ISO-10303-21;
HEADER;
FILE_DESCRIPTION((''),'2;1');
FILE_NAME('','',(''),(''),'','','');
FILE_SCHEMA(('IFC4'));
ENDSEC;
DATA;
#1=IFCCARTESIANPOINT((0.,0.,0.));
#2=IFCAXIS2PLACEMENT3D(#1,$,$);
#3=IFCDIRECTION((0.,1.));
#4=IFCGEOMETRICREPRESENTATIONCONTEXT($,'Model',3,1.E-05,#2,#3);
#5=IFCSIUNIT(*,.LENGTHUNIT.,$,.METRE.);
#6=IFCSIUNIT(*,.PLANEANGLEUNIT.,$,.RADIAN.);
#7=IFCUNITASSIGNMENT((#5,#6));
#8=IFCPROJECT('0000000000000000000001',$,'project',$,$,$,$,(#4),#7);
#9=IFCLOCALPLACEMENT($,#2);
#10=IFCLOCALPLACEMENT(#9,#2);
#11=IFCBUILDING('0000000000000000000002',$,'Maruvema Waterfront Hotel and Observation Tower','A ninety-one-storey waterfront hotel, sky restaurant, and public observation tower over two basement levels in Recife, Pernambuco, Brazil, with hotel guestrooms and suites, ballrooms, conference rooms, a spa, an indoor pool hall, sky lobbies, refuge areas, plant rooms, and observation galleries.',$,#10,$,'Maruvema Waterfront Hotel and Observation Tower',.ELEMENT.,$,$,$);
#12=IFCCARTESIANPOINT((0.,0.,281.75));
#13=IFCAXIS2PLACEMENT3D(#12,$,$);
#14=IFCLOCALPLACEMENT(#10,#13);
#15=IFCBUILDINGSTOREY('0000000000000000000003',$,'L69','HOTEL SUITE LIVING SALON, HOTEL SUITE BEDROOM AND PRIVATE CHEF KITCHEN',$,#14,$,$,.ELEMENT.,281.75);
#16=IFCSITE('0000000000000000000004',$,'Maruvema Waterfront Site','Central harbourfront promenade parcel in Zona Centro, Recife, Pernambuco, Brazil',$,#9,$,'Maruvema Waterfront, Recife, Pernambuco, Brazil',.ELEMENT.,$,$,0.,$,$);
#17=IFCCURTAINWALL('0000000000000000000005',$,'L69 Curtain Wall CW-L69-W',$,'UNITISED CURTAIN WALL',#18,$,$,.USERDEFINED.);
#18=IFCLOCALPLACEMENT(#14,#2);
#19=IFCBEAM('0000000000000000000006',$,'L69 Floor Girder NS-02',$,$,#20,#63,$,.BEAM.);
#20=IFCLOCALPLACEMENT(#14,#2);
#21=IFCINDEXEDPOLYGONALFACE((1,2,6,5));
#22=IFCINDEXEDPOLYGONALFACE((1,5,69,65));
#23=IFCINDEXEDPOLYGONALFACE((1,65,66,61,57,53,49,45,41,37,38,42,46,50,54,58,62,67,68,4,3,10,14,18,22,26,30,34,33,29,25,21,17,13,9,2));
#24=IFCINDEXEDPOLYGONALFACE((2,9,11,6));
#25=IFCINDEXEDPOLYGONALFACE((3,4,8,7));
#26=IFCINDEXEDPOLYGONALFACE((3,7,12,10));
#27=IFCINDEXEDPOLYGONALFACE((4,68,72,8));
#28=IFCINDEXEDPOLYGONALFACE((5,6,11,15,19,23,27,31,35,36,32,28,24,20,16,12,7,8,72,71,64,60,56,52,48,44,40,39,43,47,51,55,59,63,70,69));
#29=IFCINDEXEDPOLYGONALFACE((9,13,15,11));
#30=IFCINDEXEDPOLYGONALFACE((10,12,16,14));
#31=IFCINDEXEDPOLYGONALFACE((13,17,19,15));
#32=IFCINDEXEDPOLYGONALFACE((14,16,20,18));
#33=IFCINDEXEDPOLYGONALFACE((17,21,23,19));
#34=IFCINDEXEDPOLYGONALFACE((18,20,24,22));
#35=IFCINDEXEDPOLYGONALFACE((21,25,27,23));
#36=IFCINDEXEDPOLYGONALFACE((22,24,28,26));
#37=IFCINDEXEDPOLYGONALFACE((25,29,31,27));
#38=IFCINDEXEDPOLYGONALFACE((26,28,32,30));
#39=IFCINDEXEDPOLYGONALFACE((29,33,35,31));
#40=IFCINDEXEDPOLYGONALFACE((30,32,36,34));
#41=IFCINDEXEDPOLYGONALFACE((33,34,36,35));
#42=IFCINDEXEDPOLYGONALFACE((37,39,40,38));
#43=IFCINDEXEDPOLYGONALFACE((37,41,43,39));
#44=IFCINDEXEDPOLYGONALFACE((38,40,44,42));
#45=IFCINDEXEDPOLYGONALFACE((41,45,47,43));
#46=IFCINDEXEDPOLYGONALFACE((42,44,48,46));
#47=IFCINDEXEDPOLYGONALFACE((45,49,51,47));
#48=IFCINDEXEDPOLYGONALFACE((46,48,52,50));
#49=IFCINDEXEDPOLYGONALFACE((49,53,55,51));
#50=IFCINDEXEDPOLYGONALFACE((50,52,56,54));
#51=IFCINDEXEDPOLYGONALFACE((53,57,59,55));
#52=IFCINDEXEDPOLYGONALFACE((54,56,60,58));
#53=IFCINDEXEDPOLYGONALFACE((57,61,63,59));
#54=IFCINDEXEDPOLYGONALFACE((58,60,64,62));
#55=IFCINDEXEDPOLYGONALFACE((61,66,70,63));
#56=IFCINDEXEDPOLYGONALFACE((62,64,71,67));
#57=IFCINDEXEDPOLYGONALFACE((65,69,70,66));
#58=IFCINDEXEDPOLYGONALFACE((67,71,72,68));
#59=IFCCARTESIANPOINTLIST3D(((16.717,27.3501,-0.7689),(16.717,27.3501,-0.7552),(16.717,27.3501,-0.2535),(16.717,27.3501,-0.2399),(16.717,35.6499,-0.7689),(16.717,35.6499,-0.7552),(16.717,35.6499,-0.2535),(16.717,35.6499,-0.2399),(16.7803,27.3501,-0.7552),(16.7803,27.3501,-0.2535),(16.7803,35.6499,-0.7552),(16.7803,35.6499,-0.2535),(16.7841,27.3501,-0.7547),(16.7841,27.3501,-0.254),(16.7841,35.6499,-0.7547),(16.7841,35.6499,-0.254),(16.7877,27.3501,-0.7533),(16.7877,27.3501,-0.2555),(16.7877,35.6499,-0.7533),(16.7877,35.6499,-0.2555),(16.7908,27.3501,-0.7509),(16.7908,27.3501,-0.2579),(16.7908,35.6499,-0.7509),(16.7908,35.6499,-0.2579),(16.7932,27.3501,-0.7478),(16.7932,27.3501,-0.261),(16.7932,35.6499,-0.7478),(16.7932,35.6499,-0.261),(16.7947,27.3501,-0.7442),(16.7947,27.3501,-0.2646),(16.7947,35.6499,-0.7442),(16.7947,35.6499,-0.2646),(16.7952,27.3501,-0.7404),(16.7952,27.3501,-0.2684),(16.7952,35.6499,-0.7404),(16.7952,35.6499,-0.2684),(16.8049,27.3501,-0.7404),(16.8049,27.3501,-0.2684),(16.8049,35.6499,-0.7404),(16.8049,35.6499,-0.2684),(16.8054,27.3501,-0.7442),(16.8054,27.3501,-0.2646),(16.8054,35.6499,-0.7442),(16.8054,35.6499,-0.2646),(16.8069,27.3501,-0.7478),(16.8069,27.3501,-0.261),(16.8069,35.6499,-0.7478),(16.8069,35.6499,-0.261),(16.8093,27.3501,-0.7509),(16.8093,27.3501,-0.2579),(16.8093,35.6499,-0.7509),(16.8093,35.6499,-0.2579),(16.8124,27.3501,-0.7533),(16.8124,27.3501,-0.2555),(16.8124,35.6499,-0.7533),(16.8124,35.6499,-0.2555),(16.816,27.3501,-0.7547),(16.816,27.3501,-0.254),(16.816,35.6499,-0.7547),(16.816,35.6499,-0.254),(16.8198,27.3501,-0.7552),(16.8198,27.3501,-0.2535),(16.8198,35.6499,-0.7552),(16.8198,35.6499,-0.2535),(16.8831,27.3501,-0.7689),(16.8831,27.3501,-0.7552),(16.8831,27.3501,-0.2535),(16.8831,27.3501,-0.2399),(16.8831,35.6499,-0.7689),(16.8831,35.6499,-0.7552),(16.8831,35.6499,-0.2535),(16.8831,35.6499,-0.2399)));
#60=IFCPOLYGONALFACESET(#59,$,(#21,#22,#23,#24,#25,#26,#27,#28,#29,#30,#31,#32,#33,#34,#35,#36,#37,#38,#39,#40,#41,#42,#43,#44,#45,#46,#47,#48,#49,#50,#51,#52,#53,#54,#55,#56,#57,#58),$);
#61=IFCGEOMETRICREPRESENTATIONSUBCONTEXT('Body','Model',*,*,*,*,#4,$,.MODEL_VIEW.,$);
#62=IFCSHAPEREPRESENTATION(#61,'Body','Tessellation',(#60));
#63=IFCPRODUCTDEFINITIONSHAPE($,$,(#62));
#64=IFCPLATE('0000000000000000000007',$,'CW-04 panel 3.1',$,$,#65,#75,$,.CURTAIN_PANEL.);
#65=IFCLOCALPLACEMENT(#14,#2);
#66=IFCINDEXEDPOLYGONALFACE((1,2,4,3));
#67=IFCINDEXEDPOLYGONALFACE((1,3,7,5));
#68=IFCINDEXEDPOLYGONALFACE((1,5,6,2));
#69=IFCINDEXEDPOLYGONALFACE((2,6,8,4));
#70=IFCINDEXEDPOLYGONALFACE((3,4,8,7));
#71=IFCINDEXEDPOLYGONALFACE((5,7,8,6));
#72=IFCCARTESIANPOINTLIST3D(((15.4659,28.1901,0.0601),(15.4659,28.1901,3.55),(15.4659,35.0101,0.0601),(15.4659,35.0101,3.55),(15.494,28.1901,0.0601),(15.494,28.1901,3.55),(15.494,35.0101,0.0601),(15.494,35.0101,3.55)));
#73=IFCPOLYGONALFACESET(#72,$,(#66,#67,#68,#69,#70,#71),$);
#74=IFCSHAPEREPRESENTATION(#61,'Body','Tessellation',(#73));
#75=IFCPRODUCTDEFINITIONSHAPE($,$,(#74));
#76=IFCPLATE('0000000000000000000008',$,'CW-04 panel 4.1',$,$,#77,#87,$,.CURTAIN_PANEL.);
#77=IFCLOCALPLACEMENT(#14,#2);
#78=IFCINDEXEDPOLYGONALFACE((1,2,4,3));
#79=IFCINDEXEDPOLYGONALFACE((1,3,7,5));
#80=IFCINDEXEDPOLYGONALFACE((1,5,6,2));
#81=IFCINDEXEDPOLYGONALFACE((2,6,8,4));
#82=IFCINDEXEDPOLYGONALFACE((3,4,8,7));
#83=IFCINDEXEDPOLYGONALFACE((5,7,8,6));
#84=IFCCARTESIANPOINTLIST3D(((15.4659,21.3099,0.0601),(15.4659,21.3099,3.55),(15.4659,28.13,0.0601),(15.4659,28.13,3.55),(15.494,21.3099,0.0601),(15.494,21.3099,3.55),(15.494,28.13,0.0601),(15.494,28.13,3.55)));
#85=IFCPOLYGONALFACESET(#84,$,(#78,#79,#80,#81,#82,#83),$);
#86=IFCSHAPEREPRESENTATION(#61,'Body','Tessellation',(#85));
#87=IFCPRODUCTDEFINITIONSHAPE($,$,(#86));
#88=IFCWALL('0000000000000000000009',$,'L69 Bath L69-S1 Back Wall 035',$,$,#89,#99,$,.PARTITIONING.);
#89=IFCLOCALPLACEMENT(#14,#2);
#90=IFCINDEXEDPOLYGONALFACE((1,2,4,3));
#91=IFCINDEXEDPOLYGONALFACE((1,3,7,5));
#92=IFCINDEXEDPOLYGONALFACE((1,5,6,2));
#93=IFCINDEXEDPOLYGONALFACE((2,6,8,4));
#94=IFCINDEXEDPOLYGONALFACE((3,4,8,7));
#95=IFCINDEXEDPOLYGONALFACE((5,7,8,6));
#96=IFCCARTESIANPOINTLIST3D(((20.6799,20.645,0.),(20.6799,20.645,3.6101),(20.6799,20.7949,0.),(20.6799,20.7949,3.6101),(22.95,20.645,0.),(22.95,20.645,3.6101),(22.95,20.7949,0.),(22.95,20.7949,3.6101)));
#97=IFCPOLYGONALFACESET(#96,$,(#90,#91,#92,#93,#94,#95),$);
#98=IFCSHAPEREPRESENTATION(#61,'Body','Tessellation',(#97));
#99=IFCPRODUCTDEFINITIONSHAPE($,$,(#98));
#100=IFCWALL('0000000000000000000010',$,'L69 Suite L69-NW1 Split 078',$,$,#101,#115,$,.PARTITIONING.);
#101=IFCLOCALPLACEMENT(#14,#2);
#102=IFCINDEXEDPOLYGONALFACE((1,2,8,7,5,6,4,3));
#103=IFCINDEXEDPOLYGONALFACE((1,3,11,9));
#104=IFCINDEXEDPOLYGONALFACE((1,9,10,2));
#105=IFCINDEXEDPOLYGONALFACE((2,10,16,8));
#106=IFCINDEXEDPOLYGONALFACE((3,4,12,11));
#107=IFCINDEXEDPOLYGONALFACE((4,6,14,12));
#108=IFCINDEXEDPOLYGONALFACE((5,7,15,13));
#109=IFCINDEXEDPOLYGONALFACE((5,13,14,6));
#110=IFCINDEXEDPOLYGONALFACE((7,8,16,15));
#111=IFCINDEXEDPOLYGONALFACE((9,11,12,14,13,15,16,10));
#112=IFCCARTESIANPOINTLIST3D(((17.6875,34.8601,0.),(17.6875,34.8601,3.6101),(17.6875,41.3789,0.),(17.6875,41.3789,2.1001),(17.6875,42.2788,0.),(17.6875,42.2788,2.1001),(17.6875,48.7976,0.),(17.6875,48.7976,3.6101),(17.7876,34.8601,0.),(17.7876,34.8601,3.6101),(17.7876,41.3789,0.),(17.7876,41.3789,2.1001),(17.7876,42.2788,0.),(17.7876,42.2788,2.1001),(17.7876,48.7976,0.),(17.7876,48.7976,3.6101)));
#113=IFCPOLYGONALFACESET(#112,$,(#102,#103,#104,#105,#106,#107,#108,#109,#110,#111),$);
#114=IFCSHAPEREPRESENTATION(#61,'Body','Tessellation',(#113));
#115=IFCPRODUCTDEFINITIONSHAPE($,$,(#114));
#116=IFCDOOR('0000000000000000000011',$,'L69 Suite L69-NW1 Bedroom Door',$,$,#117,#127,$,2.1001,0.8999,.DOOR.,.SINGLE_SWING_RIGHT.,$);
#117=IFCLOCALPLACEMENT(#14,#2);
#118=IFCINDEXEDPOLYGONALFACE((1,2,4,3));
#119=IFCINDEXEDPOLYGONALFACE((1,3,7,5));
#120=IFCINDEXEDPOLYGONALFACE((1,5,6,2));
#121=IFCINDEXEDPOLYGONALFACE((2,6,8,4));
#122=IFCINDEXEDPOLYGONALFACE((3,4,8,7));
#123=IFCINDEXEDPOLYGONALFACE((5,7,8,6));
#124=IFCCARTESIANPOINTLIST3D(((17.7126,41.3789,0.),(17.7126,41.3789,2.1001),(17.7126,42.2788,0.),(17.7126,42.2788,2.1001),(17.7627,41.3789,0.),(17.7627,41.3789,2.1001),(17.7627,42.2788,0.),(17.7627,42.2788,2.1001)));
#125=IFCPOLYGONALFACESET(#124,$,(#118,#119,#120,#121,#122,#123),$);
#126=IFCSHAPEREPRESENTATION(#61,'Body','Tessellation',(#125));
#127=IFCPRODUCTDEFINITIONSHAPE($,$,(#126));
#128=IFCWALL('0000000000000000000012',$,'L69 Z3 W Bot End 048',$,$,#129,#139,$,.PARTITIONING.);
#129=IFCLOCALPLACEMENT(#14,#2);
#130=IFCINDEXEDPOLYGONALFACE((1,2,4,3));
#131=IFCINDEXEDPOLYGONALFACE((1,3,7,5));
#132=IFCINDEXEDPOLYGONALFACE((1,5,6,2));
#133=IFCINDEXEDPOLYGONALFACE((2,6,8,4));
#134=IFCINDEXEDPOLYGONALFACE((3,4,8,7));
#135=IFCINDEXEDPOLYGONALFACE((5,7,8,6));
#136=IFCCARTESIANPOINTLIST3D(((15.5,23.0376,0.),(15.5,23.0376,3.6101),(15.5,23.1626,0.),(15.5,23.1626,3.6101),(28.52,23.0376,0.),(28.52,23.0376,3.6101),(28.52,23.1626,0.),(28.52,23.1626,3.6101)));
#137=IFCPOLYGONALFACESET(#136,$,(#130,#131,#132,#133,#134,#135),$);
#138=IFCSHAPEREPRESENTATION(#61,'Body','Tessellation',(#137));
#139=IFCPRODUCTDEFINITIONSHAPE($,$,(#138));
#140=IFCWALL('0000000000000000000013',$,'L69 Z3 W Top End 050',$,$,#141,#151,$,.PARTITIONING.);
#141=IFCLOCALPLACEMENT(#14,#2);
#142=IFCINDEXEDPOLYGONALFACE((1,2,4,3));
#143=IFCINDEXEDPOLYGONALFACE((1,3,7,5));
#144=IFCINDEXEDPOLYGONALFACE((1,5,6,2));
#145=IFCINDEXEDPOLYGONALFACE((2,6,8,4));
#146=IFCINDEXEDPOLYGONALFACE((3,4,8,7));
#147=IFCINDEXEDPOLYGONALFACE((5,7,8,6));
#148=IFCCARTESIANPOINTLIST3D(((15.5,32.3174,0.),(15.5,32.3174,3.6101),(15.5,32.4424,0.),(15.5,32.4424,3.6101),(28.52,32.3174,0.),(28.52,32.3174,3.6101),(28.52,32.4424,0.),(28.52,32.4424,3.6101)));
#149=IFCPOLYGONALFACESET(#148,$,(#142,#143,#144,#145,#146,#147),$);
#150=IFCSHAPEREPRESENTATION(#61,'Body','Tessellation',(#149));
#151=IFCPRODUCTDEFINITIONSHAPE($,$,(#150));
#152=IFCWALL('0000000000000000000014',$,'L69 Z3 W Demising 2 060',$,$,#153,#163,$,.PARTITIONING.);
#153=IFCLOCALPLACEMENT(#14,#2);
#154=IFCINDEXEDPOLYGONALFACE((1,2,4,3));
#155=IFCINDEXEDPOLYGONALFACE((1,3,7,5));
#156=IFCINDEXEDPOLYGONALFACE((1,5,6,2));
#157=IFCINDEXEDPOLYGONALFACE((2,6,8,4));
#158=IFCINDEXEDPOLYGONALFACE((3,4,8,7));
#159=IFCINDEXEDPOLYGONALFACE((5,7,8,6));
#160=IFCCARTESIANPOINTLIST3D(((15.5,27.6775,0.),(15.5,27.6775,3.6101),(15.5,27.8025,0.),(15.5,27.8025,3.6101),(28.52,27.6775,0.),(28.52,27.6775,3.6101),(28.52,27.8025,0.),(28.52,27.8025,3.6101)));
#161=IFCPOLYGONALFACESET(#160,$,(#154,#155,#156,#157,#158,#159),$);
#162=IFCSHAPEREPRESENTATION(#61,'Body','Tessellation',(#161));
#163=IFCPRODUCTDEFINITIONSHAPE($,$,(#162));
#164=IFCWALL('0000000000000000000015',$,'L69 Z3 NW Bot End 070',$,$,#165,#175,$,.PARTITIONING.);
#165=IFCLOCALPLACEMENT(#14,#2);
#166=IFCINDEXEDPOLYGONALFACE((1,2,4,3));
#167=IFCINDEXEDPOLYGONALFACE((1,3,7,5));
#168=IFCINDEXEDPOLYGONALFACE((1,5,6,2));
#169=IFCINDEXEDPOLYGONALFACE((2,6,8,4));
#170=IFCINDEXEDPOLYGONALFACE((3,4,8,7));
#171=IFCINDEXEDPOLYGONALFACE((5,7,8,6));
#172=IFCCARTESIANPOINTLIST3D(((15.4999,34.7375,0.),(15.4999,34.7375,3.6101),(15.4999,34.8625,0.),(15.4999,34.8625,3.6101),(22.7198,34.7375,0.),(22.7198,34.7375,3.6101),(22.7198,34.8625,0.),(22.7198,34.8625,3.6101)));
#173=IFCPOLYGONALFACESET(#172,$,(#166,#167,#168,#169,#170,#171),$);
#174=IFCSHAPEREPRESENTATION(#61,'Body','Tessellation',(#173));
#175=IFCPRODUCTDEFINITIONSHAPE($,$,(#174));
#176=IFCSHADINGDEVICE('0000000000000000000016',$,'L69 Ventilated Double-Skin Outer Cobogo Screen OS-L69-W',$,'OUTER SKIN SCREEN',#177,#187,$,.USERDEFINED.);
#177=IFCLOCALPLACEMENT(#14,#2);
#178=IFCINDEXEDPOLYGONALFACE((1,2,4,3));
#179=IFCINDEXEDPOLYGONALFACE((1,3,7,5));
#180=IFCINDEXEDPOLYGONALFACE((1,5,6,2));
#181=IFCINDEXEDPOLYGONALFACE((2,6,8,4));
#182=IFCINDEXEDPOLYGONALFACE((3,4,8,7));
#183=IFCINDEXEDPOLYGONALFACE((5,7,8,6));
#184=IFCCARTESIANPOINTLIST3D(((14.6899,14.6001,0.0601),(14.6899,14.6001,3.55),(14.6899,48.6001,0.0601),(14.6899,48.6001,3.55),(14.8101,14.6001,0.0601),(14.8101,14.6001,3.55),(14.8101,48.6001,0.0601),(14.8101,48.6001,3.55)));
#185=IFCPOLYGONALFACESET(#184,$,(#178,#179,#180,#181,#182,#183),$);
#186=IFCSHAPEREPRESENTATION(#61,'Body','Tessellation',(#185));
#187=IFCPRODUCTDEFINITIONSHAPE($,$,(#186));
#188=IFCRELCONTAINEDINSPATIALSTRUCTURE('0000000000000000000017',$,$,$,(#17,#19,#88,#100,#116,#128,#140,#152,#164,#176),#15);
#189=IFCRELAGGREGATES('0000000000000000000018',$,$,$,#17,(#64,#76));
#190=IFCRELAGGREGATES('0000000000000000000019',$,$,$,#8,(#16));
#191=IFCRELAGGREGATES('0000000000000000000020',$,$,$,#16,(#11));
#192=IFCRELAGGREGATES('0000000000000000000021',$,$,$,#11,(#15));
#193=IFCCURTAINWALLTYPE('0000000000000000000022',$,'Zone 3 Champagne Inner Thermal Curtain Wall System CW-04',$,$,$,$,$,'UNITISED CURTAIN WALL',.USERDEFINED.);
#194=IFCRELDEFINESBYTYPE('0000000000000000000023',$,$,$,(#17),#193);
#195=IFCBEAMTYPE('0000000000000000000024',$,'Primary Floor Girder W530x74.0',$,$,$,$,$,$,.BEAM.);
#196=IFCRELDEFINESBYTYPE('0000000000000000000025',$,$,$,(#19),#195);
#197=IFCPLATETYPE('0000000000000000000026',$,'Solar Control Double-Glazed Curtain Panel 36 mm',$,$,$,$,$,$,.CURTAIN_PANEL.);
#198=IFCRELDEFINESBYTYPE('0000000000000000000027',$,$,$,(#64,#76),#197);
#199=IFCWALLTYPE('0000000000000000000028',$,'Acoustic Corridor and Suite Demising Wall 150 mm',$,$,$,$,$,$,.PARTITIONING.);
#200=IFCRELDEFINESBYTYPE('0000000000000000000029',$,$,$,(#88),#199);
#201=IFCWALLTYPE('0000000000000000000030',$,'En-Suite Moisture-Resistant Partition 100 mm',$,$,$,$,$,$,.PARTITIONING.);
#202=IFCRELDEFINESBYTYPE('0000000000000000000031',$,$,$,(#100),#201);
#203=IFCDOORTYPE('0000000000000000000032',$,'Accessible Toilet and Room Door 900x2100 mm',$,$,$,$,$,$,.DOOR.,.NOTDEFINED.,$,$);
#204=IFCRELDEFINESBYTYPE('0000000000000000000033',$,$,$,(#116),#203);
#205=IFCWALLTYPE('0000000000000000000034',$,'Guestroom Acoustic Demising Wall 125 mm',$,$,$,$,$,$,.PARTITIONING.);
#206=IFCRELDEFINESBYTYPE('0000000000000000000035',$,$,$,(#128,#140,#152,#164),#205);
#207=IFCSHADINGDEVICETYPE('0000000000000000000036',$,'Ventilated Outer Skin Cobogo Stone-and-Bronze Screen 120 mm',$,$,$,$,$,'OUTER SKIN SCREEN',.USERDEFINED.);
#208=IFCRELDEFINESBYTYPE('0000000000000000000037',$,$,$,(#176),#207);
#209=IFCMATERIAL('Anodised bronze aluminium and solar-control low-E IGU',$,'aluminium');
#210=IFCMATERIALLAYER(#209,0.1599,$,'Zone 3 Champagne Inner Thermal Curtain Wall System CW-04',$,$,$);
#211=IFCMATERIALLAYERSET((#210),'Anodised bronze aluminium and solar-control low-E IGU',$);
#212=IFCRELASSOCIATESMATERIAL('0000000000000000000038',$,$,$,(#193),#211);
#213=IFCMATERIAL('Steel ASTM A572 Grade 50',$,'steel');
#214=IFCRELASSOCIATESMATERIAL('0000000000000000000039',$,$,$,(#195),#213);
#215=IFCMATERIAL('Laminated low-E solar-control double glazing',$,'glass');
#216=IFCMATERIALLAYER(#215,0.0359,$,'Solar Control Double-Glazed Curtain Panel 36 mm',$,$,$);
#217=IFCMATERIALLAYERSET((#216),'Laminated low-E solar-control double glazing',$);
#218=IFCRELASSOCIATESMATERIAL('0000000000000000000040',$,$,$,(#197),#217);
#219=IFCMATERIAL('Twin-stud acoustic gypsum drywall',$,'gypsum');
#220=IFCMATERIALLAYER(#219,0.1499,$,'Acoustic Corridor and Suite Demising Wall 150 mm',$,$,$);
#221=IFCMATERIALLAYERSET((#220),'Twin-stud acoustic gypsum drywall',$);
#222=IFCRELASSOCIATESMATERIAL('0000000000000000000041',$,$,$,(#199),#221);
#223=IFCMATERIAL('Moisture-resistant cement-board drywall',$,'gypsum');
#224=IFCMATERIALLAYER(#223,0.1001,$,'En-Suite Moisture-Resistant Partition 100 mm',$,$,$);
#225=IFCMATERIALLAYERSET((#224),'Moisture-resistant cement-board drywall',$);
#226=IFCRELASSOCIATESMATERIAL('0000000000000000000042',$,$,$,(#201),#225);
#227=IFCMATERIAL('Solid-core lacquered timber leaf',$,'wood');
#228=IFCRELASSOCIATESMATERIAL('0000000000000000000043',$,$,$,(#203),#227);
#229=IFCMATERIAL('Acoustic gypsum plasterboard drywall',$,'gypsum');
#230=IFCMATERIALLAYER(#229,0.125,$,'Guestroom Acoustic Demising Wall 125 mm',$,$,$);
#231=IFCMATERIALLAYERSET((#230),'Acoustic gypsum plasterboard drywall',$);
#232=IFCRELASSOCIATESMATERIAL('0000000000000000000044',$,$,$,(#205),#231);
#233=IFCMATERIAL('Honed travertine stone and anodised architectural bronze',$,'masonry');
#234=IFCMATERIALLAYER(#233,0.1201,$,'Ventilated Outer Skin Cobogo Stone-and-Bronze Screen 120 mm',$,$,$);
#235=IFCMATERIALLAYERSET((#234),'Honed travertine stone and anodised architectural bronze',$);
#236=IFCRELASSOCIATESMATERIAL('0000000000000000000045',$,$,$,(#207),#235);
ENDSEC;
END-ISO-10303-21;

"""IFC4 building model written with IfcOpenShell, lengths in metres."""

from ifc_helpers import new_model, si_unit, direction, frame, frame_2d, origin, origin_2d, place, context, subcontext, project, spatial, rectangle, i_section, extrude, material, layer, layer_set, material_profile, profile_set, type_object, element, fill, aggregate, save


model = new_model("IFC4")

# Units and contexts
model_context = context("Model", 3, precision=1e-05, world=origin(), true_north=direction((0.0, 1.0)))
body_context = subcontext(model_context, "Body", "Model", "MODEL_VIEW")
ifc_project = project(units=[si_unit("LENGTHUNIT", "METRE"), si_unit("PLANEANGLEUNIT", "RADIAN")], contexts=[model_context])

# Site, building, storey
site_placement = place(None, origin())
site = spatial("IfcSite", under=ifc_project, at=site_placement, Name="Maruvema Waterfront Site", Description="Central harbourfront promenade parcel in Zona Centro, Recife, Pernambuco, Brazil", LongName="Maruvema Waterfront, Recife, Pernambuco, Brazil", CompositionType="ELEMENT", RefElevation=0.0)
building_placement = place(site_placement, origin())
building = spatial("IfcBuilding", under=site, at=building_placement, Name="Maruvema Waterfront Hotel and Observation Tower", Description="A ninety-one-storey waterfront hotel, sky restaurant, and public observation tower over two basement levels in Recife, Pernambuco, Brazil, with hotel guestrooms and suites, ballrooms, conference rooms, a spa, an indoor pool hall, sky lobbies, refuge areas, plant rooms, and observation galleries.", LongName="Maruvema Waterfront Hotel and Observation Tower", CompositionType="ELEMENT")
storey_placement = place(building_placement, frame((0.0, 0.0, 281.75)))
storey = spatial("IfcBuildingStorey", under=building, at=storey_placement, Name="L69", Description="HOTEL SUITE LIVING SALON, HOTEL SUITE BEDROOM AND PRIVATE CHEF KITCHEN", CompositionType="ELEMENT", Elevation=281.75)

# Curtain wall
ifc_material_1 = material(Name="Anodised bronze aluminium and solar-control low-E IGU", Category="aluminium")
ifc_layer_1 = layer(ifc_material_1, 0.1599, Name="Zone 3 Champagne Inner Thermal Curtain Wall System CW-04")
ifc_layer_set_1 = layer_set([ifc_layer_1], Name="Anodised bronze aluminium and solar-control low-E IGU")
curtain_wall_type = type_object("IfcCurtainWallType", Name="Zone 3 Champagne Inner Thermal Curtain Wall System CW-04", ElementType="UNITISED CURTAIN WALL", PredefinedType="USERDEFINED", material=ifc_layer_set_1)
curtain_wall_placement = place(storey_placement, origin())
curtain_wall = element("IfcCurtainWall", 1, at=curtain_wall_placement, inside=storey, type_object=curtain_wall_type, Name="L69 Curtain Wall CW-L69-W", ObjectType="UNITISED CURTAIN WALL", PredefinedType="USERDEFINED")

# Beam
ifc_material_2 = material(Name="Steel ASTM A572 Grade 50", Category="steel")
ifc_material_profile_1 = material_profile(ifc_material_2, i_section(OverallWidth=0.166, OverallDepth=0.5291, WebThickness=0.0098, FlangeThickness=0.0137, FilletRadius=0.0149, at=origin_2d()), Name="W530x74.0")
ifc_profile_set_1 = profile_set([ifc_material_profile_1], Name="Steel ASTM A572 Grade 50")
beam_type = type_object("IfcBeamType", Name="Primary Floor Girder W530x74.0", PredefinedType="BEAM", material=ifc_profile_set_1)
beam_1_placement = place(storey_placement, frame((16.8, 27.3501, -0.5044), z_axis=(0.0, 1.0, 0.0), x_axis=(-1.0, 0.0, 0.0)))
element("IfcBeam", 2, at=beam_1_placement, inside=storey, type_object=beam_type, Name="L69 Floor Girder NS-02", PredefinedType="BEAM", context=body_context, shape_type="SweptSolid", body=[
    extrude(i_section(OverallWidth=0.166, OverallDepth=0.5291, WebThickness=0.0098, FlangeThickness=0.0137, FilletRadius=0.0149, at=origin_2d()), origin(), (0.0, 0.0, 1.0), 8.2998),
])

# Plates
ifc_material_3 = material(Name="Laminated low-E solar-control double glazing", Category="glass")
ifc_layer_2 = layer(ifc_material_3, 0.0359, Name="Solar Control Double-Glazed Curtain Panel 36 mm")
ifc_layer_set_2 = layer_set([ifc_layer_2], Name="Laminated low-E solar-control double glazing")
plate_type = type_object("IfcPlateType", Name="Solar Control Double-Glazed Curtain Panel 36 mm", PredefinedType="CURTAIN_PANEL", material=ifc_layer_set_2)
plate_1_placement = place(storey_placement, frame((15.48, 31.6001, 0.0601), z_axis=(0.0, 0.0, 1.0), x_axis=(0.0, -1.0, 0.0)))
plate_1 = element("IfcPlate", 3, at=plate_1_placement, type_object=plate_type, Name="CW-04 panel 3.1", PredefinedType="CURTAIN_PANEL", context=body_context, shape_type="SweptSolid", body=[
    extrude(rectangle(XDim=6.8201, YDim=0.0281, at=origin_2d()), origin(), (0.0, 0.0, 1.0), 3.49),
])
plate_2_placement = place(storey_placement, frame((15.48, 24.72, 0.0601), z_axis=(0.0, 0.0, 1.0), x_axis=(0.0, -1.0, 0.0)))
plate_2 = element("IfcPlate", 4, at=plate_2_placement, type_object=plate_type, Name="CW-04 panel 4.1", PredefinedType="CURTAIN_PANEL", context=body_context, shape_type="SweptSolid", body=[
    extrude(rectangle(XDim=6.8201, YDim=0.0281, at=origin_2d()), origin(), (0.0, 0.0, 1.0), 3.49),
])
aggregate(curtain_wall, [plate_1, plate_2])

# Wall
ifc_material_4 = material(Name="Twin-stud acoustic gypsum drywall", Category="gypsum")
ifc_layer_3 = layer(ifc_material_4, 0.1499, Name="Acoustic Corridor and Suite Demising Wall 150 mm")
ifc_layer_set_3 = layer_set([ifc_layer_3], Name="Twin-stud acoustic gypsum drywall")
wall_type_1 = type_object("IfcWallType", Name="Acoustic Corridor and Suite Demising Wall 150 mm", PredefinedType="PARTITIONING", material=ifc_layer_set_3)
wall_1_placement = place(storey_placement, frame((20.6799, 20.72, 0.0), z_axis=(0.0, 0.0, 1.0), x_axis=(1.0, 0.0, 0.0)))
element("IfcWall", 5, at=wall_1_placement, inside=storey, type_object=wall_type_1, Name="L69 Bath L69-S1 Back Wall 035", PredefinedType="PARTITIONING", context=body_context, shape_type="SweptSolid", body=[
    extrude(rectangle(XDim=2.27, YDim=0.1499, at=frame_2d((1.135, 0.0))), origin(), (0.0, 0.0, 1.0), 3.6101),
])

# Wall, opening, door
ifc_material_5 = material(Name="Moisture-resistant cement-board drywall", Category="gypsum")
ifc_layer_4 = layer(ifc_material_5, 0.1001, Name="En-Suite Moisture-Resistant Partition 100 mm")
ifc_layer_set_4 = layer_set([ifc_layer_4], Name="Moisture-resistant cement-board drywall")
wall_type_2 = type_object("IfcWallType", Name="En-Suite Moisture-Resistant Partition 100 mm", PredefinedType="PARTITIONING", material=ifc_layer_set_4)
wall_2_placement = place(storey_placement, frame((17.7375, 34.8601, 0.0), z_axis=(0.0, 0.0, 1.0), x_axis=(0.0, 1.0, 0.0)))
wall_2 = element("IfcWall", 6, at=wall_2_placement, inside=storey, type_object=wall_type_2, Name="L69 Suite L69-NW1 Split 078", PredefinedType="PARTITIONING", context=body_context, shape_type="SweptSolid", body=[
    extrude(rectangle(XDim=13.9375, YDim=0.1001, at=frame_2d((6.9688, 0.0))), origin(), (0.0, 0.0, 1.0), 3.6101),
])
opening_placement = place(wall_2_placement, frame((6.5188, 0.0, 0.0)))
opening = element("IfcOpeningElement", 7, at=opening_placement, cuts=wall_2, PredefinedType="OPENING", context=body_context, shape_type="SweptSolid", body=[
    extrude(rectangle(XDim=0.8999, YDim=2.1001, at=frame_2d((0.45, 1.05))), frame((0.0, 0.0601, 0.0), z_axis=(0.0, -1.0, 0.0), x_axis=(1.0, 0.0, 0.0)), (0.0, 0.0, 1.0), 0.1201),
])
ifc_material_6 = material(Name="Solid-core lacquered timber leaf", Category="wood")
door_type = type_object("IfcDoorType", Name="Accessible Toilet and Room Door 900x2100 mm", OperationType="NOTDEFINED", PredefinedType="DOOR", material=ifc_material_6)
door_placement = place(opening_placement, origin())
door = element("IfcDoor", 8, at=door_placement, inside=storey, type_object=door_type, Name="L69 Suite L69-NW1 Bedroom Door", OperationType="SINGLE_SWING_RIGHT", OverallHeight=2.1001, OverallWidth=0.8999, PredefinedType="DOOR", context=body_context, shape_type="SweptSolid", body=[
    extrude(rectangle(XDim=0.8999, YDim=2.1001, at=frame_2d((0.45, 1.05))), frame((0.0, 0.0249, 0.0), z_axis=(0.0, -1.0, 0.0), x_axis=(1.0, 0.0, 0.0)), (0.0, 0.0, 1.0), 0.05),
])
fill(opening, door)

# Walls
ifc_material_7 = material(Name="Acoustic gypsum plasterboard drywall", Category="gypsum")
ifc_layer_5 = layer(ifc_material_7, 0.125, Name="Guestroom Acoustic Demising Wall 125 mm")
ifc_layer_set_5 = layer_set([ifc_layer_5], Name="Acoustic gypsum plasterboard drywall")
wall_type_3 = type_object("IfcWallType", Name="Guestroom Acoustic Demising Wall 125 mm", PredefinedType="PARTITIONING", material=ifc_layer_set_5)
for number, where, z_axis, x_axis, name in (
    (9, (15.5, 23.1001, 0.0), (0.0, 0.0, 1.0), (1.0, 0.0, 0.0), "L69 Z3 W Bot End 048"),
    (10, (15.5, 32.3799, 0.0), (0.0, 0.0, 1.0), (1.0, 0.0, 0.0), "L69 Z3 W Top End 050"),
    (11, (15.5, 27.74, 0.0), (0.0, 0.0, 1.0), (1.0, 0.0, 0.0), "L69 Z3 W Demising 2 060"),
):
    element("IfcWall", number, at=place(storey_placement, frame(where, z_axis=z_axis, x_axis=x_axis)), inside=storey, type_object=wall_type_3, Name=name, PredefinedType="PARTITIONING", context=body_context, shape_type="SweptSolid", body=[
        extrude(rectangle(XDim=13.02, YDim=0.125, at=frame_2d((6.51, 0.0))), origin(), (0.0, 0.0, 1.0), 3.6101),
    ])
wall_3_placement = place(storey_placement, frame((15.5, 34.8, 0.0), z_axis=(0.0, 0.0, 1.0), x_axis=(1.0, 0.0, 0.0)))
element("IfcWall", 12, at=wall_3_placement, inside=storey, type_object=wall_type_3, Name="L69 Z3 NW Bot End 070", PredefinedType="PARTITIONING", context=body_context, shape_type="SweptSolid", body=[
    extrude(rectangle(XDim=7.22, YDim=0.125, at=frame_2d((3.6099, 0.0))), origin(), (0.0, 0.0, 1.0), 3.6101),
])

# Shading device
ifc_material_8 = material(Name="Honed travertine stone and anodised architectural bronze", Category="masonry")
ifc_layer_6 = layer(ifc_material_8, 0.1201, Name="Ventilated Outer Skin Cobogo Stone-and-Bronze Screen 120 mm")
ifc_layer_set_6 = layer_set([ifc_layer_6], Name="Honed travertine stone and anodised architectural bronze")
shading_device_type = type_object("IfcShadingDeviceType", Name="Ventilated Outer Skin Cobogo Stone-and-Bronze Screen 120 mm", ElementType="OUTER SKIN SCREEN", PredefinedType="USERDEFINED", material=ifc_layer_set_6)
shading_device_placement = place(storey_placement, frame((14.75, 31.6001, 0.0601), z_axis=(0.0, 0.0, 1.0), x_axis=(0.0, -1.0, 0.0)))
element("IfcShadingDevice", 13, at=shading_device_placement, inside=storey, type_object=shading_device_type, Name="L69 Ventilated Double-Skin Outer Cobogo Screen OS-L69-W", ObjectType="OUTER SKIN SCREEN", PredefinedType="USERDEFINED", context=body_context, shape_type="SweptSolid", body=[
    extrude(rectangle(XDim=34.0, YDim=0.1201, at=origin_2d()), origin(), (0.0, 0.0, 1.0), 3.49),
])

save(model, "model.ifc")
